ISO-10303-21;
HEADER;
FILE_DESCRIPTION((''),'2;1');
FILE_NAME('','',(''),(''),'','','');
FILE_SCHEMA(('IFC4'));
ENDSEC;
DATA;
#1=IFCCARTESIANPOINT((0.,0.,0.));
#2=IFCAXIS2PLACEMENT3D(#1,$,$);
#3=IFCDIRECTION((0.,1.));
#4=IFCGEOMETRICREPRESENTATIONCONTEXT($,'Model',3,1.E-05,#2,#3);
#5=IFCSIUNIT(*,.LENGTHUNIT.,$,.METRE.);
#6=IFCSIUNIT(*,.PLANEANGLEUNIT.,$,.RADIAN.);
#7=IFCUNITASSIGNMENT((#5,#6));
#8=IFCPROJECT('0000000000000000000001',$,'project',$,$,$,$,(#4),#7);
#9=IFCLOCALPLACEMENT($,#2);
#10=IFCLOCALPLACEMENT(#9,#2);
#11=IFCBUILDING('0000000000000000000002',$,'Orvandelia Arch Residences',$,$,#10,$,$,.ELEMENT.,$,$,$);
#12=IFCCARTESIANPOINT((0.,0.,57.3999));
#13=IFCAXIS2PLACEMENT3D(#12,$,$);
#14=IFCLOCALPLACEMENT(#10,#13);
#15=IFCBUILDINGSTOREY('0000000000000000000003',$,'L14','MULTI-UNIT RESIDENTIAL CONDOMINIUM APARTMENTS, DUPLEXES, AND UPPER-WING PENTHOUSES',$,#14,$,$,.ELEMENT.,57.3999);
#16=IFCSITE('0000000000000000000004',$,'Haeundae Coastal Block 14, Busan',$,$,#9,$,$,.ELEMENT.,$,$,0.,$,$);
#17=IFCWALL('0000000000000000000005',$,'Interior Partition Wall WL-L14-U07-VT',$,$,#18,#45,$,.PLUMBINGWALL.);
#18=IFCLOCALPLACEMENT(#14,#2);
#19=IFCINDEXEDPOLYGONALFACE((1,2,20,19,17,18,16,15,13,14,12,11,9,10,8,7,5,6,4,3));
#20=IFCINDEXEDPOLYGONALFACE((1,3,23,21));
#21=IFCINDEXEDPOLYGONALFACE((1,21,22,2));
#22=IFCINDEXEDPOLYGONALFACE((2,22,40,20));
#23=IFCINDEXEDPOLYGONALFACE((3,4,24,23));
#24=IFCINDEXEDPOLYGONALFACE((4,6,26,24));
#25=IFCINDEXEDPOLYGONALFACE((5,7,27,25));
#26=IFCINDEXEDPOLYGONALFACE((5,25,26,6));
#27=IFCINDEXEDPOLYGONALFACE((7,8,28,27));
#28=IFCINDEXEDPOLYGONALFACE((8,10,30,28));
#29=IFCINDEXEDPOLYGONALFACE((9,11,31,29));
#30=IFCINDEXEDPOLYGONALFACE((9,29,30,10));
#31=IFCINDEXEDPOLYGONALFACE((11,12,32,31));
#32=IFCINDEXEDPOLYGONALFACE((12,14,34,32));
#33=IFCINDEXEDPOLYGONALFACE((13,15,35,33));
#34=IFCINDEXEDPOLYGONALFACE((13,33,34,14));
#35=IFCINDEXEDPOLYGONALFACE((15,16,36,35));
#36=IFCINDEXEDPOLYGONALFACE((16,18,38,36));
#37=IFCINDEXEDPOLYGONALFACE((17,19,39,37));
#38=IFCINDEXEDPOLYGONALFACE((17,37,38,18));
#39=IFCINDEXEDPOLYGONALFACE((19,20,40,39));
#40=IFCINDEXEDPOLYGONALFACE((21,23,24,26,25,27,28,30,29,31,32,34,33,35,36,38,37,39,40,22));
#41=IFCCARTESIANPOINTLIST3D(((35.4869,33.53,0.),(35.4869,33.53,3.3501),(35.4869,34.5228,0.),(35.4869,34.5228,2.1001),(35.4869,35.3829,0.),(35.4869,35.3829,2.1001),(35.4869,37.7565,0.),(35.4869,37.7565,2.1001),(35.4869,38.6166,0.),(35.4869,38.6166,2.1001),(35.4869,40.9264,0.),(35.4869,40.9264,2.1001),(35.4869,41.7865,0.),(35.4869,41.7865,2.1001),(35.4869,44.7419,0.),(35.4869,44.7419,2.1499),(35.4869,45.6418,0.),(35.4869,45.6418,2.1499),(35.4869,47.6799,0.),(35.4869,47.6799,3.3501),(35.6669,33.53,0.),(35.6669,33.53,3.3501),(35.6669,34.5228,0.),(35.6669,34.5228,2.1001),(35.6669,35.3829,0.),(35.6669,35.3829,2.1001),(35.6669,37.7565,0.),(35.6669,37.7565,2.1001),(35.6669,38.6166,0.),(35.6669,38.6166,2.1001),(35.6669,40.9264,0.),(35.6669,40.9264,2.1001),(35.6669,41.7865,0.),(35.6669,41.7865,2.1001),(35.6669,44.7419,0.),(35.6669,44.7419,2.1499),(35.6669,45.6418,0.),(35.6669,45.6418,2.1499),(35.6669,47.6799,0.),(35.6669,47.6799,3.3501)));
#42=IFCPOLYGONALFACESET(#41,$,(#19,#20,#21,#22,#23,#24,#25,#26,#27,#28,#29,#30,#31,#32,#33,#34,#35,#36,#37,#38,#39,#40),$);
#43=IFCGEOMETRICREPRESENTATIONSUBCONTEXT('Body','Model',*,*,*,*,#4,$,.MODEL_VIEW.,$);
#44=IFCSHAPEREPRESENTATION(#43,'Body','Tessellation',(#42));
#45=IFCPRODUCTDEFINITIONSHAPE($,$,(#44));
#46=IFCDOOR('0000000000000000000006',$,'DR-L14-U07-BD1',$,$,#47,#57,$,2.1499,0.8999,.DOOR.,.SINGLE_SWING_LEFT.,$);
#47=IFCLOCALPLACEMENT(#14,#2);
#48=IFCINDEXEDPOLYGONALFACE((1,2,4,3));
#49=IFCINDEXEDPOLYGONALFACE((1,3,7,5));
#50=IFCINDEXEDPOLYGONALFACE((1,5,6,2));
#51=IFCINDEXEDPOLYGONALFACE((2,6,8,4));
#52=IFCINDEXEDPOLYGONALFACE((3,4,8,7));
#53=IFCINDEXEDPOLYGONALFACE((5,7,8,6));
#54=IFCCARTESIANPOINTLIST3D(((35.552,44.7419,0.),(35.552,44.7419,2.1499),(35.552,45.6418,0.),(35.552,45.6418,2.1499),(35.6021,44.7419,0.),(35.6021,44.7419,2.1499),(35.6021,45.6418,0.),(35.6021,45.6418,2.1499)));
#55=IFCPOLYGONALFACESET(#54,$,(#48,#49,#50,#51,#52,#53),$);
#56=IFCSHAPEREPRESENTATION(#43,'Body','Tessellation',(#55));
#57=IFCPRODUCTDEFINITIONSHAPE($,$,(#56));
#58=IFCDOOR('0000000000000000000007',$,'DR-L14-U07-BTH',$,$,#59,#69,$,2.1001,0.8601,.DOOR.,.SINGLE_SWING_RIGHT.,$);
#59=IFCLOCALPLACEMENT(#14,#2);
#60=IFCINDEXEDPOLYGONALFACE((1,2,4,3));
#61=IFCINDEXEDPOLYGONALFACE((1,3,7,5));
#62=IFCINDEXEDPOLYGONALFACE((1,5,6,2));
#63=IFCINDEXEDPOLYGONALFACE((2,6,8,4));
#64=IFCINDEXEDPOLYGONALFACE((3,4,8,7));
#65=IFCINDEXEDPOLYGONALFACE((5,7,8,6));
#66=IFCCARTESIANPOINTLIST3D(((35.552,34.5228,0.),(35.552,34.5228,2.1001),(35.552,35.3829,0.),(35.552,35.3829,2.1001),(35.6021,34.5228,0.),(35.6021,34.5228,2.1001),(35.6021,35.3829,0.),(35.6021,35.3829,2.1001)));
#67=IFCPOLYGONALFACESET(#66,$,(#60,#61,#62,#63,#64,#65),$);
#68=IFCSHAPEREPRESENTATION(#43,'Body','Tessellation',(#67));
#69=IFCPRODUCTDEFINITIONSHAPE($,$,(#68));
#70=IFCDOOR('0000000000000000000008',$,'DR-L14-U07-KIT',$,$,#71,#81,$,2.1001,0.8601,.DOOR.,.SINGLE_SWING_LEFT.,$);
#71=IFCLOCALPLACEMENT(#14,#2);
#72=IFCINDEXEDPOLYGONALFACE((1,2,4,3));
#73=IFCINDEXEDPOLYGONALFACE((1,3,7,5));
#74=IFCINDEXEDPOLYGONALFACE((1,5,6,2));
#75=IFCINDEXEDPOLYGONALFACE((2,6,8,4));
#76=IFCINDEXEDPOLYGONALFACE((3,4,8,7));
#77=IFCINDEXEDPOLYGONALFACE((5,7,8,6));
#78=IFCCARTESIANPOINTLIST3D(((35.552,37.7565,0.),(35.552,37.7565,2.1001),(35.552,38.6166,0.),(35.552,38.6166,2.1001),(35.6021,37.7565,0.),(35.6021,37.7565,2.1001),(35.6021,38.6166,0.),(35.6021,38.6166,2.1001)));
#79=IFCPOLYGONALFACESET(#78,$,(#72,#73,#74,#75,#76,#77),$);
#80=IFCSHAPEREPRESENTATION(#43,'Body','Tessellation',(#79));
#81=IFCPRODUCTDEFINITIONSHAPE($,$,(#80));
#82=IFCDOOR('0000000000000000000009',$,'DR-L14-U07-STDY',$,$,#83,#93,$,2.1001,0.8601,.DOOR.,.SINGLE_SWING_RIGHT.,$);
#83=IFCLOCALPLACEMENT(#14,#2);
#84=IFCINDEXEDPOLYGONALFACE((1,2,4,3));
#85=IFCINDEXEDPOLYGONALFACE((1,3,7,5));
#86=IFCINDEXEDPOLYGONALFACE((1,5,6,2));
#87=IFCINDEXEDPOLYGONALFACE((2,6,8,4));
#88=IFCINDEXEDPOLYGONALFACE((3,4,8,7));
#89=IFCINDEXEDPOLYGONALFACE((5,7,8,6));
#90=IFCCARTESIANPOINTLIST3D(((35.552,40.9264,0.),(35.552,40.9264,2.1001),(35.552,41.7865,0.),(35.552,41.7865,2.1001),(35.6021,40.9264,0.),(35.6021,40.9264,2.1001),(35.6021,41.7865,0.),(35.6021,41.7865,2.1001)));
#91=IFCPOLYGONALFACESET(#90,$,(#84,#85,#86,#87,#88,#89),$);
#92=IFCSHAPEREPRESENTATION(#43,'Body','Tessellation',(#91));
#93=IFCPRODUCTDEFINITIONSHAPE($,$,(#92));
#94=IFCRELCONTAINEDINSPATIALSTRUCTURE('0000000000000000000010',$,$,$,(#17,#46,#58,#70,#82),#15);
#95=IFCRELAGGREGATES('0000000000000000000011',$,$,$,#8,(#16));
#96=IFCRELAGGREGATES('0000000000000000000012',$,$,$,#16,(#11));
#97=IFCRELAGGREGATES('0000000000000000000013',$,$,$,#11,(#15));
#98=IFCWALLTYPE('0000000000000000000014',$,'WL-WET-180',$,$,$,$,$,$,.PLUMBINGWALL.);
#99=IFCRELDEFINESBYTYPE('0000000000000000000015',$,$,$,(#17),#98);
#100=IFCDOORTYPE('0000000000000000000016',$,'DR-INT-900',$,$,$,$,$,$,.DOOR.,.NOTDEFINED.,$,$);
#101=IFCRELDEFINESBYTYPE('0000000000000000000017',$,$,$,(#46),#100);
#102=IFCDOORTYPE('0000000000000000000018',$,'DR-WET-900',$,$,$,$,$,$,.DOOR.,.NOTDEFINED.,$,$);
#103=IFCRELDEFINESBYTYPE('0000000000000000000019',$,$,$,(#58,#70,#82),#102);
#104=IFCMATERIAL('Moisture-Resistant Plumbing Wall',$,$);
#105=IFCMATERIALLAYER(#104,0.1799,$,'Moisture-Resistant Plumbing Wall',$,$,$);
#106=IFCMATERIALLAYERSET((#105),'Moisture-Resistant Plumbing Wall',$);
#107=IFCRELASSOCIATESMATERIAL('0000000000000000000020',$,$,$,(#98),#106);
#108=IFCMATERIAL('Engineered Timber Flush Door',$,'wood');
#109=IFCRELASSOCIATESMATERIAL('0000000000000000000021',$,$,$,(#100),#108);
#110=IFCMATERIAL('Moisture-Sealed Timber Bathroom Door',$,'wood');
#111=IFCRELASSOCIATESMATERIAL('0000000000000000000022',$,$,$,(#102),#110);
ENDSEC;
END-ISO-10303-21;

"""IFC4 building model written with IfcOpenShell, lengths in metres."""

from ifc_helpers import new_model, si_unit, direction, frame, frame_2d, origin, place, context, subcontext, project, spatial, rectangle, extrude, material, layer, layer_set, type_object, element, fill, save


model = new_model("IFC4")

# Units and contexts
model_context = context("Model", 3, precision=1e-05, world=origin(), true_north=direction((0.0, 1.0)))
body_context = subcontext(model_context, "Body", "Model", "MODEL_VIEW")
ifc_project = project(units=[si_unit("LENGTHUNIT", "METRE"), si_unit("PLANEANGLEUNIT", "RADIAN")], contexts=[model_context])

# Site, building, storey
site_placement = place(None, origin())
site = spatial("IfcSite", under=ifc_project, at=site_placement, Name="Haeundae Coastal Block 14, Busan", CompositionType="ELEMENT", RefElevation=0.0)
building_placement = place(site_placement, origin())
building = spatial("IfcBuilding", under=site, at=building_placement, Name="Orvandelia Arch Residences", CompositionType="ELEMENT")
storey_placement = place(building_placement, frame((0.0, 0.0, 57.3999)))
storey = spatial("IfcBuildingStorey", under=building, at=storey_placement, Name="L14", Description="MULTI-UNIT RESIDENTIAL CONDOMINIUM APARTMENTS, DUPLEXES, AND UPPER-WING PENTHOUSES", CompositionType="ELEMENT", Elevation=57.3999)

# Wall, openings, doors
ifc_material_1 = material(Name="Moisture-Resistant Plumbing Wall")
ifc_layer_1 = layer(ifc_material_1, 0.1799, Name="Moisture-Resistant Plumbing Wall")
ifc_layer_set_1 = layer_set([ifc_layer_1], Name="Moisture-Resistant Plumbing Wall")
wall_type_1 = type_object("IfcWallType", Name="WL-WET-180", PredefinedType="PLUMBINGWALL", material=ifc_layer_set_1)
wall_1_placement = place(storey_placement, frame((35.5769, 33.53, 0.0), z_axis=(0.0, 0.0, 1.0), x_axis=(0.0, 1.0, 0.0)))
wall_1 = element("IfcWall", 1, at=wall_1_placement, inside=storey, type_object=wall_type_1, Name="Interior Partition Wall WL-L14-U07-VT", PredefinedType="PLUMBINGWALL", context=body_context, shape_type="SweptSolid", body=[
    extrude(rectangle(XDim=14.1499, YDim=0.1799, at=frame_2d((7.075, 0.0))), origin(), (0.0, 0.0, 1.0), 3.3501),
])
opening_1_placement = place(wall_1_placement, frame((0.9927, 0.0, 0.0)))
opening_1 = element("IfcOpeningElement", 2, at=opening_1_placement, cuts=wall_1, PredefinedType="OPENING", context=body_context, shape_type="SweptSolid", body=[
    extrude(rectangle(XDim=0.8601, YDim=2.1001, at=frame_2d((0.4302, 1.05))), frame((0.0, 0.1001, 0.0), z_axis=(0.0, -1.0, 0.0), x_axis=(1.0, 0.0, 0.0)), (0.0, 0.0, 1.0), 0.2),
])
opening_2_placement = place(wall_1_placement, frame((4.2263, 0.0, 0.0)))
opening_2 = element("IfcOpeningElement", 3, at=opening_2_placement, cuts=wall_1, PredefinedType="OPENING", context=body_context, shape_type="SweptSolid", body=[
    extrude(rectangle(XDim=0.8601, YDim=2.1001, at=frame_2d((0.4302, 1.05))), frame((0.0, 0.1001, 0.0), z_axis=(0.0, -1.0, 0.0), x_axis=(1.0, 0.0, 0.0)), (0.0, 0.0, 1.0), 0.2),
])
opening_3_placement = place(wall_1_placement, frame((7.3962, 0.0, 0.0)))
opening_3 = element("IfcOpeningElement", 4, at=opening_3_placement, cuts=wall_1, PredefinedType="OPENING", context=body_context, shape_type="SweptSolid", body=[
    extrude(rectangle(XDim=0.8601, YDim=2.1001, at=frame_2d((0.4302, 1.05))), frame((0.0, 0.1001, 0.0), z_axis=(0.0, -1.0, 0.0), x_axis=(1.0, 0.0, 0.0)), (0.0, 0.0, 1.0), 0.2),
])
opening_4_placement = place(wall_1_placement, frame((11.2119, 0.0, 0.0)))
opening_4 = element("IfcOpeningElement", 5, at=opening_4_placement, cuts=wall_1, PredefinedType="OPENING", context=body_context, shape_type="SweptSolid", body=[
    extrude(rectangle(XDim=0.8999, YDim=2.1499, at=frame_2d((0.45, 1.075))), frame((0.0, 0.1001, 0.0), z_axis=(0.0, -1.0, 0.0), x_axis=(1.0, 0.0, 0.0)), (0.0, 0.0, 1.0), 0.2),
])
ifc_material_2 = material(Name="Engineered Timber Flush Door", Category="wood")
door_type_1 = type_object("IfcDoorType", Name="DR-INT-900", OperationType="NOTDEFINED", PredefinedType="DOOR", material=ifc_material_2)
door_1_placement = place(opening_4_placement, origin())
door_1 = element("IfcDoor", 6, at=door_1_placement, inside=storey, type_object=door_type_1, Name="DR-L14-U07-BD1", OperationType="SINGLE_SWING_LEFT", OverallHeight=2.1499, OverallWidth=0.8999, PredefinedType="DOOR", context=body_context, shape_type="SweptSolid", body=[
    extrude(rectangle(XDim=0.8999, YDim=2.1499, at=frame_2d((0.45, 1.075))), frame((0.0, 0.0249, 0.0), z_axis=(0.0, -1.0, 0.0), x_axis=(1.0, 0.0, 0.0)), (0.0, 0.0, 1.0), 0.05),
])
fill(opening_4, door_1)
ifc_material_3 = material(Name="Moisture-Sealed Timber Bathroom Door", Category="wood")
door_type_2 = type_object("IfcDoorType", Name="DR-WET-900", OperationType="NOTDEFINED", PredefinedType="DOOR", material=ifc_material_3)
door_2_placement = place(opening_1_placement, origin())
door_2 = element("IfcDoor", 7, at=door_2_placement, inside=storey, type_object=door_type_2, Name="DR-L14-U07-BTH", OperationType="SINGLE_SWING_RIGHT", OverallHeight=2.1001, OverallWidth=0.8601, PredefinedType="DOOR", context=body_context, shape_type="SweptSolid", body=[
    extrude(rectangle(XDim=0.8601, YDim=2.1001, at=frame_2d((0.4302, 1.05))), frame((0.0, 0.0249, 0.0), z_axis=(0.0, -1.0, 0.0), x_axis=(1.0, 0.0, 0.0)), (0.0, 0.0, 1.0), 0.05),
])
fill(opening_1, door_2)
door_3_placement = place(opening_2_placement, origin())
door_3 = element("IfcDoor", 8, at=door_3_placement, inside=storey, type_object=door_type_2, Name="DR-L14-U07-KIT", OperationType="SINGLE_SWING_LEFT", OverallHeight=2.1001, OverallWidth=0.8601, PredefinedType="DOOR", context=body_context, shape_type="SweptSolid", body=[
    extrude(rectangle(XDim=0.8601, YDim=2.1001, at=frame_2d((0.4302, 1.05))), frame((0.0, 0.0249, 0.0), z_axis=(0.0, -1.0, 0.0), x_axis=(1.0, 0.0, 0.0)), (0.0, 0.0, 1.0), 0.05),
])
fill(opening_2, door_3)
door_4_placement = place(opening_3_placement, origin())
door_4 = element("IfcDoor", 9, at=door_4_placement, inside=storey, type_object=door_type_2, Name="DR-L14-U07-STDY", OperationType="SINGLE_SWING_RIGHT", OverallHeight=2.1001, OverallWidth=0.8601, PredefinedType="DOOR", context=body_context, shape_type="SweptSolid", body=[
    extrude(rectangle(XDim=0.8601, YDim=2.1001, at=frame_2d((0.4302, 1.05))), frame((0.0, 0.0249, 0.0), z_axis=(0.0, -1.0, 0.0), x_axis=(1.0, 0.0, 0.0)), (0.0, 0.0, 1.0), 0.05),
])
fill(opening_3, door_4)

save(model, "model.ifc")
